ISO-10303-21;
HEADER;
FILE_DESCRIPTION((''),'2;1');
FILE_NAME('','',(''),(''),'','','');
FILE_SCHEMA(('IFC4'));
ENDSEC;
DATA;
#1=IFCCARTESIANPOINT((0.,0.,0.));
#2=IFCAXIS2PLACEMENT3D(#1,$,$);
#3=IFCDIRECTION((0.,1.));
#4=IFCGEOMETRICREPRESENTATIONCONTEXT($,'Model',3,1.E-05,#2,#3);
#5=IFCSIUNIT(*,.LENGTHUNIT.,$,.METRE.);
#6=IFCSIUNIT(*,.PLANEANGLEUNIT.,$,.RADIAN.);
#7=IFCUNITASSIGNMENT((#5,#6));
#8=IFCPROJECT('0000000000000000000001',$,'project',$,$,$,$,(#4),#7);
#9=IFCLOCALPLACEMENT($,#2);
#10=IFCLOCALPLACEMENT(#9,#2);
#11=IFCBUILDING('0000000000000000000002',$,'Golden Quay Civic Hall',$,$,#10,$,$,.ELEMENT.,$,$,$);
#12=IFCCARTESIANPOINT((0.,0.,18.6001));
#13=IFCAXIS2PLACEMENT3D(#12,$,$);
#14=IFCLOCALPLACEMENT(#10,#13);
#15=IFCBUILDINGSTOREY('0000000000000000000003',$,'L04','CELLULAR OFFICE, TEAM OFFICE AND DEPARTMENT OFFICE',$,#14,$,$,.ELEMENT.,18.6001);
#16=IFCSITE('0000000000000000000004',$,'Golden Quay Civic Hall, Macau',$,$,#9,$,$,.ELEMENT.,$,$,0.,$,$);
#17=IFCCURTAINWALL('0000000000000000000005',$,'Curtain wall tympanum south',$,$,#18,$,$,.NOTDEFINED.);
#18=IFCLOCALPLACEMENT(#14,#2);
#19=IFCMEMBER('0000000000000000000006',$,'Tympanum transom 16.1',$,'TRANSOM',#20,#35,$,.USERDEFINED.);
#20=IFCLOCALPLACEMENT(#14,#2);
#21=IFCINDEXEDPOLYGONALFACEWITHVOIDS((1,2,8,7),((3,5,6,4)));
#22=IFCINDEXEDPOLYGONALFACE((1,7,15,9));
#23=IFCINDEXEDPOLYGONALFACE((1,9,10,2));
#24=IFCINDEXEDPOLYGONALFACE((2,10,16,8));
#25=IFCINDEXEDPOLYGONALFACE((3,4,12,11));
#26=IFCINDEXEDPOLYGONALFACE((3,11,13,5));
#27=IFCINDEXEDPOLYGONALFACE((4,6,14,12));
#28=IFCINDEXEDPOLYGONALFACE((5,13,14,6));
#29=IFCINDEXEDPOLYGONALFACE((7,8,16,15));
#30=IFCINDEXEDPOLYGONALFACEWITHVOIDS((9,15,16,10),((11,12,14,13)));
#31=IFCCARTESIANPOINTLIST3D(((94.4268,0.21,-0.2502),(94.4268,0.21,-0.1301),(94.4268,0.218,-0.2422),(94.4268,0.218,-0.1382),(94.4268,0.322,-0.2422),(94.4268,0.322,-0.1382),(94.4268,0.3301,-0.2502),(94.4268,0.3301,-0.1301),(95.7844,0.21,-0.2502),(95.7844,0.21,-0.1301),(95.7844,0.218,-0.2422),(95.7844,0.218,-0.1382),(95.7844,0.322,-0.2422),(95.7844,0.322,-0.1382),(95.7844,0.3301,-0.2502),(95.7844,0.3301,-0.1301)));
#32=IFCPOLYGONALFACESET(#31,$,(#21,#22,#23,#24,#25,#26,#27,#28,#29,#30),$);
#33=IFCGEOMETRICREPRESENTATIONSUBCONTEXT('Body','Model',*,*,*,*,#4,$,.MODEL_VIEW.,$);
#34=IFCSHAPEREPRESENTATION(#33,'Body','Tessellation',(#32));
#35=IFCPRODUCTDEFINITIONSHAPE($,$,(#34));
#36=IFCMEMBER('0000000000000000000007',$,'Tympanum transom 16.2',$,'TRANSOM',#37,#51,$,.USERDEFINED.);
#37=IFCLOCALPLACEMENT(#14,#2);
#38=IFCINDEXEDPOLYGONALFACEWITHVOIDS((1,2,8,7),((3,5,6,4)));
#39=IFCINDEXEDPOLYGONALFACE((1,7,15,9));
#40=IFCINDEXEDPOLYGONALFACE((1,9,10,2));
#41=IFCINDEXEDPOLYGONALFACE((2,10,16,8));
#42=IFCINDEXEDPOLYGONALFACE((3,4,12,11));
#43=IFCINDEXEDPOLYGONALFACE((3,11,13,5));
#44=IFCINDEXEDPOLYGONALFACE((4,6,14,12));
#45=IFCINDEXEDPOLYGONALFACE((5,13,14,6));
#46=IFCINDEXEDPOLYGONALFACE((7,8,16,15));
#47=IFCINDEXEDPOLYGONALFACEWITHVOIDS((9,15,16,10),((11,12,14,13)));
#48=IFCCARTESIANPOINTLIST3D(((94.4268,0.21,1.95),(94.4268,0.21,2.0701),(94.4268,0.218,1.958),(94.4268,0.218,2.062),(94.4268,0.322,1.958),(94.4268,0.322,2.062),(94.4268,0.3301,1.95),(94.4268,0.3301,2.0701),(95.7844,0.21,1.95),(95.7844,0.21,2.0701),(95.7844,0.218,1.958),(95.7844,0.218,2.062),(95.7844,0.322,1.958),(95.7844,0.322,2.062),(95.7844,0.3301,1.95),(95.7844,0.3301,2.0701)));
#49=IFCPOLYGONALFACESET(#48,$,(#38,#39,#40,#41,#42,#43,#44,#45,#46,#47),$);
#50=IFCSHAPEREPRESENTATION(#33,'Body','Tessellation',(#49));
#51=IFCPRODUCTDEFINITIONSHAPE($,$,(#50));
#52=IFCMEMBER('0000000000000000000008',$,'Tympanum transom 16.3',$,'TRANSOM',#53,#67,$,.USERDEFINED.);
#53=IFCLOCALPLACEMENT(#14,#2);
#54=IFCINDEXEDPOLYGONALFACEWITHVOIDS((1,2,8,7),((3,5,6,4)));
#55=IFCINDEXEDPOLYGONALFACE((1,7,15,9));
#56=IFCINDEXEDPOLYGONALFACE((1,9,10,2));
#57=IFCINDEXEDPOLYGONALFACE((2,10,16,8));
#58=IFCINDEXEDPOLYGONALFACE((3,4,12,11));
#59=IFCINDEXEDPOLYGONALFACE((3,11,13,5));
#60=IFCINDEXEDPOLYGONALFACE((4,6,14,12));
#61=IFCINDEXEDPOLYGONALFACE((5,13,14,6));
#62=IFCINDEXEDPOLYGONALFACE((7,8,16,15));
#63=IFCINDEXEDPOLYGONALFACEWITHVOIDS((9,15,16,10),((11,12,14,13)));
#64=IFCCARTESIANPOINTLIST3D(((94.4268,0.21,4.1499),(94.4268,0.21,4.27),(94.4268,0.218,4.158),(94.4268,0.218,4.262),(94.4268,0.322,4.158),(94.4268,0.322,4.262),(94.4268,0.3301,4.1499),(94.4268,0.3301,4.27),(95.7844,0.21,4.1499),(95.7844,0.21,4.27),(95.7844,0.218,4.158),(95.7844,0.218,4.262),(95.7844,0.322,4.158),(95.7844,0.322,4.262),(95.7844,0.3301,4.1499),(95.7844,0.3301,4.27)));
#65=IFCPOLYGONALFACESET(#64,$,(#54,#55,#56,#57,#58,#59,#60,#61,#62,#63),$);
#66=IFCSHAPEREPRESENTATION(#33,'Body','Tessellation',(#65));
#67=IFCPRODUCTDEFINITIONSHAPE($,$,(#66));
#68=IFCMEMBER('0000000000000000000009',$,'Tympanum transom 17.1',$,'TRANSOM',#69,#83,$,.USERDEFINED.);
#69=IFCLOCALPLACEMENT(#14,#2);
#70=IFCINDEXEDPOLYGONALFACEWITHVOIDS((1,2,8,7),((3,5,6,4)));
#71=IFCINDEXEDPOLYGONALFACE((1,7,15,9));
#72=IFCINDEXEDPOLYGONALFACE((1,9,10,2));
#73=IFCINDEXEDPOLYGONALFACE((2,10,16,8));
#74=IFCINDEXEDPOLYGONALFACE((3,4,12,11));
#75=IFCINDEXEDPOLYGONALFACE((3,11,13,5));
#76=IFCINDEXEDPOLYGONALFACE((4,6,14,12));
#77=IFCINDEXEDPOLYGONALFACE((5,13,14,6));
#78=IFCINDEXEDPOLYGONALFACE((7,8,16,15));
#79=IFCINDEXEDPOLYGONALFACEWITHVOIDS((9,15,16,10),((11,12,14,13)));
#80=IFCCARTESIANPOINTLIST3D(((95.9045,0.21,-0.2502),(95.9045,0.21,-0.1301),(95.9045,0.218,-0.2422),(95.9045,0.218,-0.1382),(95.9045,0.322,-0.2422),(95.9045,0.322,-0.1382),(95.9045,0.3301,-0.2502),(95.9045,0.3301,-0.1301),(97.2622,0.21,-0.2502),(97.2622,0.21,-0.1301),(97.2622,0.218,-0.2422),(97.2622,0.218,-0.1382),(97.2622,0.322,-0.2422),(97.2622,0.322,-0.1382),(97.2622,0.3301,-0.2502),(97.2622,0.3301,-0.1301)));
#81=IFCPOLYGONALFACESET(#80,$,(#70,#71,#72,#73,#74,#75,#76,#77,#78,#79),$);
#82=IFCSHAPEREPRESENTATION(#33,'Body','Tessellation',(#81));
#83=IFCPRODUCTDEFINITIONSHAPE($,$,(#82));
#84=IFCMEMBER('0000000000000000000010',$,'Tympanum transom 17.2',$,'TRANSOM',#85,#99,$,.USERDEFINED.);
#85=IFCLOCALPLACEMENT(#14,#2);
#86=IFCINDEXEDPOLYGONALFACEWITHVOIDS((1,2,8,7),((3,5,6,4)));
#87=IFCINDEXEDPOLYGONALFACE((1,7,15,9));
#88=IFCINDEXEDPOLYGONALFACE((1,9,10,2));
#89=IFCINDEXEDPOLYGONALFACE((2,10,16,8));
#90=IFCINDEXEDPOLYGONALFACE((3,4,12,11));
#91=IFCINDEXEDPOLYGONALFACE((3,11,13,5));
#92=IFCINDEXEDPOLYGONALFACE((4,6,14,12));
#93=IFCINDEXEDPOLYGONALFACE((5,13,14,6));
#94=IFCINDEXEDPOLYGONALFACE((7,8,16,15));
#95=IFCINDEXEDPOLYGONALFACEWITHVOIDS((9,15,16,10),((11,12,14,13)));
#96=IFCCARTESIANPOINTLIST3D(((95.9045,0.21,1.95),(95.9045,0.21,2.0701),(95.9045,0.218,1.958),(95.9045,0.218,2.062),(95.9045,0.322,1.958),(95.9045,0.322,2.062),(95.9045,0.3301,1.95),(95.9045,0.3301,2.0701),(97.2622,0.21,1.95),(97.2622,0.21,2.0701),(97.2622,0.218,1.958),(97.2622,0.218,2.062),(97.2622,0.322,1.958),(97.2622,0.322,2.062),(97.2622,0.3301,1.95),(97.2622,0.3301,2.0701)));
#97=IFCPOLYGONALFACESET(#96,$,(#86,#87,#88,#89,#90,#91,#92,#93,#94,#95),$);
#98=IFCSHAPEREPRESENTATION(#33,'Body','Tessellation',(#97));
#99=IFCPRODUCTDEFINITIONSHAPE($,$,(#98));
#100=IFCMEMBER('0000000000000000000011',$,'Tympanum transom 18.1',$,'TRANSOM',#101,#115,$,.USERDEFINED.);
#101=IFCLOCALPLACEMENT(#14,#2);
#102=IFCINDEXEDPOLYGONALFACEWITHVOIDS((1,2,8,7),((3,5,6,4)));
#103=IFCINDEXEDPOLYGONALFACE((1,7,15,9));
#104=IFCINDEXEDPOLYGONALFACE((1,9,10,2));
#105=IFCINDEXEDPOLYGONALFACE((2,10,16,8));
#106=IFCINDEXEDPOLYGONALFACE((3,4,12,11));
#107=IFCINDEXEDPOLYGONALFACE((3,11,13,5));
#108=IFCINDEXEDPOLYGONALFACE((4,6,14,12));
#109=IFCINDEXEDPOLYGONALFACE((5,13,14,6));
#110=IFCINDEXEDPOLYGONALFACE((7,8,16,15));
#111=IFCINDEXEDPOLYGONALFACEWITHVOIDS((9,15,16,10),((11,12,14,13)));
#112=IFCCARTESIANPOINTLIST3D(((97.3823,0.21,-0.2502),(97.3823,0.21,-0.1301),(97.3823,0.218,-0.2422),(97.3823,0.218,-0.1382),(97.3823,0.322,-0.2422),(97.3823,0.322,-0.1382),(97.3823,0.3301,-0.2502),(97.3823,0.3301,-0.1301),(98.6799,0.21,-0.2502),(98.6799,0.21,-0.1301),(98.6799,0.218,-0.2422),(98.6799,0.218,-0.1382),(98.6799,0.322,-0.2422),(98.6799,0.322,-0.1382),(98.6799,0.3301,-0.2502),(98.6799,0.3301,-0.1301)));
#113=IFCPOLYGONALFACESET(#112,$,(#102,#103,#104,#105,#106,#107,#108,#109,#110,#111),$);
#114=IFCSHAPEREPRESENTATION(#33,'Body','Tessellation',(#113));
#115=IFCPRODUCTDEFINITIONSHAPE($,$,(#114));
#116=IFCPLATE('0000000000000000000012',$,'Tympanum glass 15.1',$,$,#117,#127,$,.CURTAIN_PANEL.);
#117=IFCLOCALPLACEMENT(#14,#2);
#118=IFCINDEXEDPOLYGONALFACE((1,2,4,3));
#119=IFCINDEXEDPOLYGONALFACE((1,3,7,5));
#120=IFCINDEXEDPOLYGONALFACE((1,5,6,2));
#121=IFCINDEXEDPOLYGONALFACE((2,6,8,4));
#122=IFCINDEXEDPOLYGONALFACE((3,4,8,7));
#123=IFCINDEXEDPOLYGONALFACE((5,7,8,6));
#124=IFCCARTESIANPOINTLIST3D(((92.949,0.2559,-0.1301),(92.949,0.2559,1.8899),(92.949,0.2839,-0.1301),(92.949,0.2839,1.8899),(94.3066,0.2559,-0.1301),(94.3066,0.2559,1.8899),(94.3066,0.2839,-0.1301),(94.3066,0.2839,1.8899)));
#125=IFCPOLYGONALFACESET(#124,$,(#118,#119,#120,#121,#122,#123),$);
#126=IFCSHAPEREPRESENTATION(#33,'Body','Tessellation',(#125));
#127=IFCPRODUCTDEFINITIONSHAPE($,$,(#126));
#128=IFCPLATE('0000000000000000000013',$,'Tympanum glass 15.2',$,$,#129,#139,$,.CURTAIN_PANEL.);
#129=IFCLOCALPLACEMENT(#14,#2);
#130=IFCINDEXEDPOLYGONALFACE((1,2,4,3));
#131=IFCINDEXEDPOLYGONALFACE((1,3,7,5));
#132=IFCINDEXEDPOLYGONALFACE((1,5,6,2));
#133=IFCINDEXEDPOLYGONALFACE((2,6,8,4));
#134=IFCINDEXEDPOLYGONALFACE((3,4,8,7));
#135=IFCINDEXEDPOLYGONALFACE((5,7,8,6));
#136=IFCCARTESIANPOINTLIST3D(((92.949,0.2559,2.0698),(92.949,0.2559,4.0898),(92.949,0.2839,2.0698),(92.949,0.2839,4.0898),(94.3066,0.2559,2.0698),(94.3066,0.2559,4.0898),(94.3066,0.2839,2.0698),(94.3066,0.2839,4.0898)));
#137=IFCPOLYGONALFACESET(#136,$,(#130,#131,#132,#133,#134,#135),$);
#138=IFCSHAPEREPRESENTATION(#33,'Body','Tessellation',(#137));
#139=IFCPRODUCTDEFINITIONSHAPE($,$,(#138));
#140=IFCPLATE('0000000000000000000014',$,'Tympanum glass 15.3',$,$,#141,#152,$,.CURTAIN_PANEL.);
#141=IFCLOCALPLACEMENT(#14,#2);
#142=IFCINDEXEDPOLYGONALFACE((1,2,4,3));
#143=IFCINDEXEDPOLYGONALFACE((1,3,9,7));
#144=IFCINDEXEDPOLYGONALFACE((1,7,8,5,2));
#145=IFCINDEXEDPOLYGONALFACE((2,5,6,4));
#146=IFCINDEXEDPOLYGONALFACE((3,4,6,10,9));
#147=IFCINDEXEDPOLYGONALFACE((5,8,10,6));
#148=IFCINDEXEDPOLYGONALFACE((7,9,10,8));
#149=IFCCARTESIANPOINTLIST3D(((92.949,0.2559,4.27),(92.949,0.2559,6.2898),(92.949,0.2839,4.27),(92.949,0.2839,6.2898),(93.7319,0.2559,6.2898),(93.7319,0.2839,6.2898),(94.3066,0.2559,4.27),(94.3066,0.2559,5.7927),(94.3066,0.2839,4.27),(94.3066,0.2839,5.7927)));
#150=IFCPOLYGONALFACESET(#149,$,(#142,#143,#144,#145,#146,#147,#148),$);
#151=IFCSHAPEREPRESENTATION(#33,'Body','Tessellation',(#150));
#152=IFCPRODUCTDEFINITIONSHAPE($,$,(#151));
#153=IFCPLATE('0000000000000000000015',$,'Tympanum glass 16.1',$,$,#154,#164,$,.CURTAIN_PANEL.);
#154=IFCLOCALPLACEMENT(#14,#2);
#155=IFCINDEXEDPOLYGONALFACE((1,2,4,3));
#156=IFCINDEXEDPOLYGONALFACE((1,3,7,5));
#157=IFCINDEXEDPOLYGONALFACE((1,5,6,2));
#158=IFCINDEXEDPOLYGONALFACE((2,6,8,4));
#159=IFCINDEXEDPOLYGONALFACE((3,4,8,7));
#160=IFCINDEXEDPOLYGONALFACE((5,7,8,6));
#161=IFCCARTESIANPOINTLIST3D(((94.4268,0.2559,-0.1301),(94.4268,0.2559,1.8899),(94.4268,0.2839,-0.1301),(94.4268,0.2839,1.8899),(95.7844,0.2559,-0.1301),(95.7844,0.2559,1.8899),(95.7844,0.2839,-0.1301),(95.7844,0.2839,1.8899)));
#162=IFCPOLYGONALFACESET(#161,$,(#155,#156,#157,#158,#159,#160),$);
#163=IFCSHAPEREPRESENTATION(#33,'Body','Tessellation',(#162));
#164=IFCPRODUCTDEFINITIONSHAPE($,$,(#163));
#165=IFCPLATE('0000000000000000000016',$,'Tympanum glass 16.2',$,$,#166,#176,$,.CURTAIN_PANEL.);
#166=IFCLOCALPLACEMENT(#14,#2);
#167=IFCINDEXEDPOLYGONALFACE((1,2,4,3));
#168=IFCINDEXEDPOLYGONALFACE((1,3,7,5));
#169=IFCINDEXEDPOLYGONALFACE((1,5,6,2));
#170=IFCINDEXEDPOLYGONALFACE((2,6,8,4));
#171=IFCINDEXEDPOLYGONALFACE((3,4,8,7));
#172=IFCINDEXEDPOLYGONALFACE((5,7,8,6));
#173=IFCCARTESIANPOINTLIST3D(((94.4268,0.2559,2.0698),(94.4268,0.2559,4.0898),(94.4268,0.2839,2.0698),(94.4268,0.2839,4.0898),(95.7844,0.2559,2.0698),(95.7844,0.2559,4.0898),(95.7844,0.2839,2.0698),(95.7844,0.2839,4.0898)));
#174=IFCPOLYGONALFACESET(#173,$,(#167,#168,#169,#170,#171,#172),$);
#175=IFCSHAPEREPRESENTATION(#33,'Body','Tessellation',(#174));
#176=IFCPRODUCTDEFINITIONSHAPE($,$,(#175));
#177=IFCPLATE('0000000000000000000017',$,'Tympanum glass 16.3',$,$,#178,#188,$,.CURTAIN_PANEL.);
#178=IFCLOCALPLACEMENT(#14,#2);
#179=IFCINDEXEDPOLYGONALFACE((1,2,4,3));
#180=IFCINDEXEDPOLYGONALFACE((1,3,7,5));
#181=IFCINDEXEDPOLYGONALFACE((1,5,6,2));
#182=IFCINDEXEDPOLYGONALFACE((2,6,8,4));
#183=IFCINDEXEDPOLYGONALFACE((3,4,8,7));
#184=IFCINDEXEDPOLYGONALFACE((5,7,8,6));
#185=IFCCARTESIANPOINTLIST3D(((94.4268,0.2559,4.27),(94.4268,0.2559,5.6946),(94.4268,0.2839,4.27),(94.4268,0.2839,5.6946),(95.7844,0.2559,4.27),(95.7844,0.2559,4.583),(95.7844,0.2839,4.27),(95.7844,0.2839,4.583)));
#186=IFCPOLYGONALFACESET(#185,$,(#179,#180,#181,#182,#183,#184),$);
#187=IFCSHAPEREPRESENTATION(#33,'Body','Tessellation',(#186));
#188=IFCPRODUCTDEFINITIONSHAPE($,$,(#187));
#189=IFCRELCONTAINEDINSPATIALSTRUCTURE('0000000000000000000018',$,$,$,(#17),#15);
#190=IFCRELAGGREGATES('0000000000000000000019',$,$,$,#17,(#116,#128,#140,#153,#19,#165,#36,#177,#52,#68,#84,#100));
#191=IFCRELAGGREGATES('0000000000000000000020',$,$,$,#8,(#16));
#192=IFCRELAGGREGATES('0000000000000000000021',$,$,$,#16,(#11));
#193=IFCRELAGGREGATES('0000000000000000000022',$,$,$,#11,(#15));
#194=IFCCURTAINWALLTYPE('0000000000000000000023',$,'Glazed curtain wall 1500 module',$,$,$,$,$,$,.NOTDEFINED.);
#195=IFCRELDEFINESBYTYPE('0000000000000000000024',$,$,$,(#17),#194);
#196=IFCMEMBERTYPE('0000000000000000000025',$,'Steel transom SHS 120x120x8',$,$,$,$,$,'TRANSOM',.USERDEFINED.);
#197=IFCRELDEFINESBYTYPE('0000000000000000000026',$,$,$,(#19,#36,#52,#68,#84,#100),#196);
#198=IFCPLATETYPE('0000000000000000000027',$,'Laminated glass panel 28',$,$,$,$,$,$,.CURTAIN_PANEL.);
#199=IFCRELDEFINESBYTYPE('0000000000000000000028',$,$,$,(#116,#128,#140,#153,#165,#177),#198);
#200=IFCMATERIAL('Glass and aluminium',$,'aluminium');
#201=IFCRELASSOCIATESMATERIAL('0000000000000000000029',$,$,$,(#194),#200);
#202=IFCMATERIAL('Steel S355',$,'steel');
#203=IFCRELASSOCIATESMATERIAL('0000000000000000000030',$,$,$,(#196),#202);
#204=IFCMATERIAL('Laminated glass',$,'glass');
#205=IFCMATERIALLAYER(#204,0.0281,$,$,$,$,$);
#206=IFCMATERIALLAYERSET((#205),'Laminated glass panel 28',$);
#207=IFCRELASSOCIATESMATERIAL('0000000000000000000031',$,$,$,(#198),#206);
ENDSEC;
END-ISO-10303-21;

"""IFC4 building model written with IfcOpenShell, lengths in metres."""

from ifc_helpers import new_model, si_unit, direction, frame, origin, origin_2d, place, context, subcontext, project, spatial, polyline, hollow_rectangle, outline, extrude, material, layer, layer_set, material_profile, profile_set, type_object, element, aggregate, save


model = new_model("IFC4")

# Units and contexts
model_context = context("Model", 3, precision=1e-05, world=origin(), true_north=direction((0.0, 1.0)))
body_context = subcontext(model_context, "Body", "Model", "MODEL_VIEW")
ifc_project = project(units=[si_unit("LENGTHUNIT", "METRE"), si_unit("PLANEANGLEUNIT", "RADIAN")], contexts=[model_context])

# Site, building, storey
site_placement = place(None, origin())
site = spatial("IfcSite", under=ifc_project, at=site_placement, Name="Golden Quay Civic Hall, Macau", CompositionType="ELEMENT", RefElevation=0.0)
building_placement = place(site_placement, origin())
building = spatial("IfcBuilding", under=site, at=building_placement, Name="Golden Quay Civic Hall", CompositionType="ELEMENT")
storey_placement = place(building_placement, frame((0.0, 0.0, 18.6001)))
storey = spatial("IfcBuildingStorey", under=building, at=storey_placement, Name="L04", Description="CELLULAR OFFICE, TEAM OFFICE AND DEPARTMENT OFFICE", CompositionType="ELEMENT", Elevation=18.6001)

# Curtain wall
ifc_material_1 = material(Name="Glass and aluminium", Category="aluminium")
curtain_wall_type = type_object("IfcCurtainWallType", Name="Glazed curtain wall 1500 module", PredefinedType="NOTDEFINED", material=ifc_material_1)
curtain_wall_placement = place(storey_placement, origin())
curtain_wall = element("IfcCurtainWall", 1, at=curtain_wall_placement, inside=storey, type_object=curtain_wall_type, Name="Curtain wall tympanum south", PredefinedType="NOTDEFINED")

# Members
ifc_material_2 = material(Name="Steel S355", Category="steel")
ifc_material_profile_1 = material_profile(ifc_material_2, hollow_rectangle(XDim=0.1201, YDim=0.1201, WallThickness=0.0081, at=origin_2d()), Name="SHS 120x120x8")
ifc_profile_set_1 = profile_set([ifc_material_profile_1], Name="Steel S355")
member_type_1 = type_object("IfcMemberType", Name="Steel transom SHS 120x120x8", ElementType="TRANSOM", PredefinedType="USERDEFINED", material=ifc_profile_set_1)
member_1_placement = place(storey_placement, frame((94.4268, 0.27, -0.1902), z_axis=(1.0, 0.0, 0.0), x_axis=(0.0, 1.0, 0.0)))
member_1 = element("IfcMember", 2, at=member_1_placement, type_object=member_type_1, Name="Tympanum transom 16.1", ObjectType="TRANSOM", PredefinedType="USERDEFINED", context=body_context, shape_type="SweptSolid", body=[
    extrude(hollow_rectangle(XDim=0.1201, YDim=0.1201, WallThickness=0.0081, at=origin_2d()), origin(), (0.0, 0.0, 1.0), 1.3577),
])
member_2_placement = place(storey_placement, frame((94.4268, 0.27, 2.01), z_axis=(1.0, 0.0, 0.0), x_axis=(0.0, 1.0, 0.0)))
member_2 = element("IfcMember", 3, at=member_2_placement, type_object=member_type_1, Name="Tympanum transom 16.2", ObjectType="TRANSOM", PredefinedType="USERDEFINED", context=body_context, shape_type="SweptSolid", body=[
    extrude(hollow_rectangle(XDim=0.1201, YDim=0.1201, WallThickness=0.0081, at=origin_2d()), origin(), (0.0, 0.0, 1.0), 1.3577),
])
member_3_placement = place(storey_placement, frame((94.4268, 0.27, 4.21), z_axis=(1.0, 0.0, 0.0), x_axis=(0.0, 1.0, 0.0)))
member_3 = element("IfcMember", 4, at=member_3_placement, type_object=member_type_1, Name="Tympanum transom 16.3", ObjectType="TRANSOM", PredefinedType="USERDEFINED", context=body_context, shape_type="SweptSolid", body=[
    extrude(hollow_rectangle(XDim=0.1201, YDim=0.1201, WallThickness=0.0081, at=origin_2d()), origin(), (0.0, 0.0, 1.0), 1.3577),
])
member_4_placement = place(storey_placement, frame((95.9045, 0.27, -0.1902), z_axis=(1.0, 0.0, 0.0), x_axis=(0.0, 1.0, 0.0)))
member_4 = element("IfcMember", 5, at=member_4_placement, type_object=member_type_1, Name="Tympanum transom 17.1", ObjectType="TRANSOM", PredefinedType="USERDEFINED", context=body_context, shape_type="SweptSolid", body=[
    extrude(hollow_rectangle(XDim=0.1201, YDim=0.1201, WallThickness=0.0081, at=origin_2d()), origin(), (0.0, 0.0, 1.0), 1.3577),
])
member_5_placement = place(storey_placement, frame((95.9045, 0.27, 2.01), z_axis=(1.0, 0.0, 0.0), x_axis=(0.0, 1.0, 0.0)))
member_5 = element("IfcMember", 6, at=member_5_placement, type_object=member_type_1, Name="Tympanum transom 17.2", ObjectType="TRANSOM", PredefinedType="USERDEFINED", context=body_context, shape_type="SweptSolid", body=[
    extrude(hollow_rectangle(XDim=0.1201, YDim=0.1201, WallThickness=0.0081, at=origin_2d()), origin(), (0.0, 0.0, 1.0), 1.3577),
])
member_6_placement = place(storey_placement, frame((97.3823, 0.27, -0.1902), z_axis=(1.0, 0.0, 0.0), x_axis=(0.0, 1.0, 0.0)))
member_6 = element("IfcMember", 7, at=member_6_placement, type_object=member_type_1, Name="Tympanum transom 18.1", ObjectType="TRANSOM", PredefinedType="USERDEFINED", context=body_context, shape_type="SweptSolid", body=[
    extrude(hollow_rectangle(XDim=0.1201, YDim=0.1201, WallThickness=0.0081, at=origin_2d()), origin(), (0.0, 0.0, 1.0), 1.2976),
])

# Plates
ifc_material_3 = material(Name="Laminated glass", Category="glass")
ifc_layer_1 = layer(ifc_material_3, 0.0281)
ifc_layer_set_1 = layer_set([ifc_layer_1], Name="Laminated glass panel 28")
plate_type_1 = type_object("IfcPlateType", Name="Laminated glass panel 28", PredefinedType="CURTAIN_PANEL", material=ifc_layer_set_1)
plate_1_placement = place(storey_placement, frame((94.3066, 0.2839, -0.1301), z_axis=(0.0, 1.0, 0.0), x_axis=(-1.0, 0.0, 0.0)))
plate_1 = element("IfcPlate", 8, at=plate_1_placement, type_object=plate_type_1, Name="Tympanum glass 15.1", PredefinedType="CURTAIN_PANEL", context=body_context, shape_type="SweptSolid", body=[
    extrude(outline(polyline([(0.0, 0.0), (1.3577, 0.0), (1.3577, 2.02), (0.0, 2.02), (0.0, 0.0)])), origin(), (0.0, 0.0, -1.0), 0.0281),
])
plate_2_placement = place(storey_placement, frame((94.3066, 0.2839, 2.0698), z_axis=(0.0, 1.0, 0.0), x_axis=(-1.0, 0.0, 0.0)))
plate_2 = element("IfcPlate", 9, at=plate_2_placement, type_object=plate_type_1, Name="Tympanum glass 15.2", PredefinedType="CURTAIN_PANEL", context=body_context, shape_type="SweptSolid", body=[
    extrude(outline(polyline([(0.0, 0.0), (1.3577, 0.0), (1.3577, 2.02), (0.0, 2.02), (0.0, 0.0)])), origin(), (0.0, 0.0, -1.0), 0.0281),
])
plate_3_placement = place(storey_placement, frame((94.3066, 0.2839, 4.27), z_axis=(0.0, 1.0, 0.0), x_axis=(-1.0, 0.0, 0.0)))
plate_3 = element("IfcPlate", 10, at=plate_3_placement, type_object=plate_type_1, Name="Tympanum glass 15.3", PredefinedType="CURTAIN_PANEL", context=body_context, shape_type="SweptSolid", body=[
    extrude(outline(polyline([(0.0, 0.0), (1.3577, 0.0), (1.3577, 2.0198), (0.5747, 2.0198), (0.0, 1.5227), (0.0, 0.0)])), origin(), (0.0, 0.0, -1.0), 0.0281),
])
plate_4_placement = place(storey_placement, frame((95.7844, 0.2839, -0.1301), z_axis=(0.0, 1.0, 0.0), x_axis=(-1.0, 0.0, 0.0)))
plate_4 = element("IfcPlate", 11, at=plate_4_placement, type_object=plate_type_1, Name="Tympanum glass 16.1", PredefinedType="CURTAIN_PANEL", context=body_context, shape_type="SweptSolid", body=[
    extrude(outline(polyline([(0.0, 0.0), (1.3577, 0.0), (1.3577, 2.02), (0.0, 2.02), (0.0, 0.0)])), origin(), (0.0, 0.0, -1.0), 0.0281),
])
plate_5_placement = place(storey_placement, frame((95.7844, 0.2839, 2.0698), z_axis=(0.0, 1.0, 0.0), x_axis=(-1.0, 0.0, 0.0)))
plate_5 = element("IfcPlate", 12, at=plate_5_placement, type_object=plate_type_1, Name="Tympanum glass 16.2", PredefinedType="CURTAIN_PANEL", context=body_context, shape_type="SweptSolid", body=[
    extrude(outline(polyline([(0.0, 0.0), (1.3577, 0.0), (1.3577, 2.02), (0.0, 2.02), (0.0, 0.0)])), origin(), (0.0, 0.0, -1.0), 0.0281),
])
plate_6_placement = place(storey_placement, frame((95.7844, 0.2839, 4.27), z_axis=(0.0, 1.0, 0.0), x_axis=(-1.0, 0.0, 0.0)))
plate_6 = element("IfcPlate", 13, at=plate_6_placement, type_object=plate_type_1, Name="Tympanum glass 16.3", PredefinedType="CURTAIN_PANEL", context=body_context, shape_type="SweptSolid", body=[
    extrude(outline(polyline([(0.0, 0.0), (1.3577, 0.0), (1.3577, 1.4246), (0.0, 0.313), (0.0, 0.0)])), origin(), (0.0, 0.0, -1.0), 0.0281),
])
aggregate(curtain_wall, [plate_1, plate_2, plate_3, plate_4, member_1, plate_5, member_2, plate_6, member_3, member_4, member_5, member_6])

save(model, "model.ifc")
